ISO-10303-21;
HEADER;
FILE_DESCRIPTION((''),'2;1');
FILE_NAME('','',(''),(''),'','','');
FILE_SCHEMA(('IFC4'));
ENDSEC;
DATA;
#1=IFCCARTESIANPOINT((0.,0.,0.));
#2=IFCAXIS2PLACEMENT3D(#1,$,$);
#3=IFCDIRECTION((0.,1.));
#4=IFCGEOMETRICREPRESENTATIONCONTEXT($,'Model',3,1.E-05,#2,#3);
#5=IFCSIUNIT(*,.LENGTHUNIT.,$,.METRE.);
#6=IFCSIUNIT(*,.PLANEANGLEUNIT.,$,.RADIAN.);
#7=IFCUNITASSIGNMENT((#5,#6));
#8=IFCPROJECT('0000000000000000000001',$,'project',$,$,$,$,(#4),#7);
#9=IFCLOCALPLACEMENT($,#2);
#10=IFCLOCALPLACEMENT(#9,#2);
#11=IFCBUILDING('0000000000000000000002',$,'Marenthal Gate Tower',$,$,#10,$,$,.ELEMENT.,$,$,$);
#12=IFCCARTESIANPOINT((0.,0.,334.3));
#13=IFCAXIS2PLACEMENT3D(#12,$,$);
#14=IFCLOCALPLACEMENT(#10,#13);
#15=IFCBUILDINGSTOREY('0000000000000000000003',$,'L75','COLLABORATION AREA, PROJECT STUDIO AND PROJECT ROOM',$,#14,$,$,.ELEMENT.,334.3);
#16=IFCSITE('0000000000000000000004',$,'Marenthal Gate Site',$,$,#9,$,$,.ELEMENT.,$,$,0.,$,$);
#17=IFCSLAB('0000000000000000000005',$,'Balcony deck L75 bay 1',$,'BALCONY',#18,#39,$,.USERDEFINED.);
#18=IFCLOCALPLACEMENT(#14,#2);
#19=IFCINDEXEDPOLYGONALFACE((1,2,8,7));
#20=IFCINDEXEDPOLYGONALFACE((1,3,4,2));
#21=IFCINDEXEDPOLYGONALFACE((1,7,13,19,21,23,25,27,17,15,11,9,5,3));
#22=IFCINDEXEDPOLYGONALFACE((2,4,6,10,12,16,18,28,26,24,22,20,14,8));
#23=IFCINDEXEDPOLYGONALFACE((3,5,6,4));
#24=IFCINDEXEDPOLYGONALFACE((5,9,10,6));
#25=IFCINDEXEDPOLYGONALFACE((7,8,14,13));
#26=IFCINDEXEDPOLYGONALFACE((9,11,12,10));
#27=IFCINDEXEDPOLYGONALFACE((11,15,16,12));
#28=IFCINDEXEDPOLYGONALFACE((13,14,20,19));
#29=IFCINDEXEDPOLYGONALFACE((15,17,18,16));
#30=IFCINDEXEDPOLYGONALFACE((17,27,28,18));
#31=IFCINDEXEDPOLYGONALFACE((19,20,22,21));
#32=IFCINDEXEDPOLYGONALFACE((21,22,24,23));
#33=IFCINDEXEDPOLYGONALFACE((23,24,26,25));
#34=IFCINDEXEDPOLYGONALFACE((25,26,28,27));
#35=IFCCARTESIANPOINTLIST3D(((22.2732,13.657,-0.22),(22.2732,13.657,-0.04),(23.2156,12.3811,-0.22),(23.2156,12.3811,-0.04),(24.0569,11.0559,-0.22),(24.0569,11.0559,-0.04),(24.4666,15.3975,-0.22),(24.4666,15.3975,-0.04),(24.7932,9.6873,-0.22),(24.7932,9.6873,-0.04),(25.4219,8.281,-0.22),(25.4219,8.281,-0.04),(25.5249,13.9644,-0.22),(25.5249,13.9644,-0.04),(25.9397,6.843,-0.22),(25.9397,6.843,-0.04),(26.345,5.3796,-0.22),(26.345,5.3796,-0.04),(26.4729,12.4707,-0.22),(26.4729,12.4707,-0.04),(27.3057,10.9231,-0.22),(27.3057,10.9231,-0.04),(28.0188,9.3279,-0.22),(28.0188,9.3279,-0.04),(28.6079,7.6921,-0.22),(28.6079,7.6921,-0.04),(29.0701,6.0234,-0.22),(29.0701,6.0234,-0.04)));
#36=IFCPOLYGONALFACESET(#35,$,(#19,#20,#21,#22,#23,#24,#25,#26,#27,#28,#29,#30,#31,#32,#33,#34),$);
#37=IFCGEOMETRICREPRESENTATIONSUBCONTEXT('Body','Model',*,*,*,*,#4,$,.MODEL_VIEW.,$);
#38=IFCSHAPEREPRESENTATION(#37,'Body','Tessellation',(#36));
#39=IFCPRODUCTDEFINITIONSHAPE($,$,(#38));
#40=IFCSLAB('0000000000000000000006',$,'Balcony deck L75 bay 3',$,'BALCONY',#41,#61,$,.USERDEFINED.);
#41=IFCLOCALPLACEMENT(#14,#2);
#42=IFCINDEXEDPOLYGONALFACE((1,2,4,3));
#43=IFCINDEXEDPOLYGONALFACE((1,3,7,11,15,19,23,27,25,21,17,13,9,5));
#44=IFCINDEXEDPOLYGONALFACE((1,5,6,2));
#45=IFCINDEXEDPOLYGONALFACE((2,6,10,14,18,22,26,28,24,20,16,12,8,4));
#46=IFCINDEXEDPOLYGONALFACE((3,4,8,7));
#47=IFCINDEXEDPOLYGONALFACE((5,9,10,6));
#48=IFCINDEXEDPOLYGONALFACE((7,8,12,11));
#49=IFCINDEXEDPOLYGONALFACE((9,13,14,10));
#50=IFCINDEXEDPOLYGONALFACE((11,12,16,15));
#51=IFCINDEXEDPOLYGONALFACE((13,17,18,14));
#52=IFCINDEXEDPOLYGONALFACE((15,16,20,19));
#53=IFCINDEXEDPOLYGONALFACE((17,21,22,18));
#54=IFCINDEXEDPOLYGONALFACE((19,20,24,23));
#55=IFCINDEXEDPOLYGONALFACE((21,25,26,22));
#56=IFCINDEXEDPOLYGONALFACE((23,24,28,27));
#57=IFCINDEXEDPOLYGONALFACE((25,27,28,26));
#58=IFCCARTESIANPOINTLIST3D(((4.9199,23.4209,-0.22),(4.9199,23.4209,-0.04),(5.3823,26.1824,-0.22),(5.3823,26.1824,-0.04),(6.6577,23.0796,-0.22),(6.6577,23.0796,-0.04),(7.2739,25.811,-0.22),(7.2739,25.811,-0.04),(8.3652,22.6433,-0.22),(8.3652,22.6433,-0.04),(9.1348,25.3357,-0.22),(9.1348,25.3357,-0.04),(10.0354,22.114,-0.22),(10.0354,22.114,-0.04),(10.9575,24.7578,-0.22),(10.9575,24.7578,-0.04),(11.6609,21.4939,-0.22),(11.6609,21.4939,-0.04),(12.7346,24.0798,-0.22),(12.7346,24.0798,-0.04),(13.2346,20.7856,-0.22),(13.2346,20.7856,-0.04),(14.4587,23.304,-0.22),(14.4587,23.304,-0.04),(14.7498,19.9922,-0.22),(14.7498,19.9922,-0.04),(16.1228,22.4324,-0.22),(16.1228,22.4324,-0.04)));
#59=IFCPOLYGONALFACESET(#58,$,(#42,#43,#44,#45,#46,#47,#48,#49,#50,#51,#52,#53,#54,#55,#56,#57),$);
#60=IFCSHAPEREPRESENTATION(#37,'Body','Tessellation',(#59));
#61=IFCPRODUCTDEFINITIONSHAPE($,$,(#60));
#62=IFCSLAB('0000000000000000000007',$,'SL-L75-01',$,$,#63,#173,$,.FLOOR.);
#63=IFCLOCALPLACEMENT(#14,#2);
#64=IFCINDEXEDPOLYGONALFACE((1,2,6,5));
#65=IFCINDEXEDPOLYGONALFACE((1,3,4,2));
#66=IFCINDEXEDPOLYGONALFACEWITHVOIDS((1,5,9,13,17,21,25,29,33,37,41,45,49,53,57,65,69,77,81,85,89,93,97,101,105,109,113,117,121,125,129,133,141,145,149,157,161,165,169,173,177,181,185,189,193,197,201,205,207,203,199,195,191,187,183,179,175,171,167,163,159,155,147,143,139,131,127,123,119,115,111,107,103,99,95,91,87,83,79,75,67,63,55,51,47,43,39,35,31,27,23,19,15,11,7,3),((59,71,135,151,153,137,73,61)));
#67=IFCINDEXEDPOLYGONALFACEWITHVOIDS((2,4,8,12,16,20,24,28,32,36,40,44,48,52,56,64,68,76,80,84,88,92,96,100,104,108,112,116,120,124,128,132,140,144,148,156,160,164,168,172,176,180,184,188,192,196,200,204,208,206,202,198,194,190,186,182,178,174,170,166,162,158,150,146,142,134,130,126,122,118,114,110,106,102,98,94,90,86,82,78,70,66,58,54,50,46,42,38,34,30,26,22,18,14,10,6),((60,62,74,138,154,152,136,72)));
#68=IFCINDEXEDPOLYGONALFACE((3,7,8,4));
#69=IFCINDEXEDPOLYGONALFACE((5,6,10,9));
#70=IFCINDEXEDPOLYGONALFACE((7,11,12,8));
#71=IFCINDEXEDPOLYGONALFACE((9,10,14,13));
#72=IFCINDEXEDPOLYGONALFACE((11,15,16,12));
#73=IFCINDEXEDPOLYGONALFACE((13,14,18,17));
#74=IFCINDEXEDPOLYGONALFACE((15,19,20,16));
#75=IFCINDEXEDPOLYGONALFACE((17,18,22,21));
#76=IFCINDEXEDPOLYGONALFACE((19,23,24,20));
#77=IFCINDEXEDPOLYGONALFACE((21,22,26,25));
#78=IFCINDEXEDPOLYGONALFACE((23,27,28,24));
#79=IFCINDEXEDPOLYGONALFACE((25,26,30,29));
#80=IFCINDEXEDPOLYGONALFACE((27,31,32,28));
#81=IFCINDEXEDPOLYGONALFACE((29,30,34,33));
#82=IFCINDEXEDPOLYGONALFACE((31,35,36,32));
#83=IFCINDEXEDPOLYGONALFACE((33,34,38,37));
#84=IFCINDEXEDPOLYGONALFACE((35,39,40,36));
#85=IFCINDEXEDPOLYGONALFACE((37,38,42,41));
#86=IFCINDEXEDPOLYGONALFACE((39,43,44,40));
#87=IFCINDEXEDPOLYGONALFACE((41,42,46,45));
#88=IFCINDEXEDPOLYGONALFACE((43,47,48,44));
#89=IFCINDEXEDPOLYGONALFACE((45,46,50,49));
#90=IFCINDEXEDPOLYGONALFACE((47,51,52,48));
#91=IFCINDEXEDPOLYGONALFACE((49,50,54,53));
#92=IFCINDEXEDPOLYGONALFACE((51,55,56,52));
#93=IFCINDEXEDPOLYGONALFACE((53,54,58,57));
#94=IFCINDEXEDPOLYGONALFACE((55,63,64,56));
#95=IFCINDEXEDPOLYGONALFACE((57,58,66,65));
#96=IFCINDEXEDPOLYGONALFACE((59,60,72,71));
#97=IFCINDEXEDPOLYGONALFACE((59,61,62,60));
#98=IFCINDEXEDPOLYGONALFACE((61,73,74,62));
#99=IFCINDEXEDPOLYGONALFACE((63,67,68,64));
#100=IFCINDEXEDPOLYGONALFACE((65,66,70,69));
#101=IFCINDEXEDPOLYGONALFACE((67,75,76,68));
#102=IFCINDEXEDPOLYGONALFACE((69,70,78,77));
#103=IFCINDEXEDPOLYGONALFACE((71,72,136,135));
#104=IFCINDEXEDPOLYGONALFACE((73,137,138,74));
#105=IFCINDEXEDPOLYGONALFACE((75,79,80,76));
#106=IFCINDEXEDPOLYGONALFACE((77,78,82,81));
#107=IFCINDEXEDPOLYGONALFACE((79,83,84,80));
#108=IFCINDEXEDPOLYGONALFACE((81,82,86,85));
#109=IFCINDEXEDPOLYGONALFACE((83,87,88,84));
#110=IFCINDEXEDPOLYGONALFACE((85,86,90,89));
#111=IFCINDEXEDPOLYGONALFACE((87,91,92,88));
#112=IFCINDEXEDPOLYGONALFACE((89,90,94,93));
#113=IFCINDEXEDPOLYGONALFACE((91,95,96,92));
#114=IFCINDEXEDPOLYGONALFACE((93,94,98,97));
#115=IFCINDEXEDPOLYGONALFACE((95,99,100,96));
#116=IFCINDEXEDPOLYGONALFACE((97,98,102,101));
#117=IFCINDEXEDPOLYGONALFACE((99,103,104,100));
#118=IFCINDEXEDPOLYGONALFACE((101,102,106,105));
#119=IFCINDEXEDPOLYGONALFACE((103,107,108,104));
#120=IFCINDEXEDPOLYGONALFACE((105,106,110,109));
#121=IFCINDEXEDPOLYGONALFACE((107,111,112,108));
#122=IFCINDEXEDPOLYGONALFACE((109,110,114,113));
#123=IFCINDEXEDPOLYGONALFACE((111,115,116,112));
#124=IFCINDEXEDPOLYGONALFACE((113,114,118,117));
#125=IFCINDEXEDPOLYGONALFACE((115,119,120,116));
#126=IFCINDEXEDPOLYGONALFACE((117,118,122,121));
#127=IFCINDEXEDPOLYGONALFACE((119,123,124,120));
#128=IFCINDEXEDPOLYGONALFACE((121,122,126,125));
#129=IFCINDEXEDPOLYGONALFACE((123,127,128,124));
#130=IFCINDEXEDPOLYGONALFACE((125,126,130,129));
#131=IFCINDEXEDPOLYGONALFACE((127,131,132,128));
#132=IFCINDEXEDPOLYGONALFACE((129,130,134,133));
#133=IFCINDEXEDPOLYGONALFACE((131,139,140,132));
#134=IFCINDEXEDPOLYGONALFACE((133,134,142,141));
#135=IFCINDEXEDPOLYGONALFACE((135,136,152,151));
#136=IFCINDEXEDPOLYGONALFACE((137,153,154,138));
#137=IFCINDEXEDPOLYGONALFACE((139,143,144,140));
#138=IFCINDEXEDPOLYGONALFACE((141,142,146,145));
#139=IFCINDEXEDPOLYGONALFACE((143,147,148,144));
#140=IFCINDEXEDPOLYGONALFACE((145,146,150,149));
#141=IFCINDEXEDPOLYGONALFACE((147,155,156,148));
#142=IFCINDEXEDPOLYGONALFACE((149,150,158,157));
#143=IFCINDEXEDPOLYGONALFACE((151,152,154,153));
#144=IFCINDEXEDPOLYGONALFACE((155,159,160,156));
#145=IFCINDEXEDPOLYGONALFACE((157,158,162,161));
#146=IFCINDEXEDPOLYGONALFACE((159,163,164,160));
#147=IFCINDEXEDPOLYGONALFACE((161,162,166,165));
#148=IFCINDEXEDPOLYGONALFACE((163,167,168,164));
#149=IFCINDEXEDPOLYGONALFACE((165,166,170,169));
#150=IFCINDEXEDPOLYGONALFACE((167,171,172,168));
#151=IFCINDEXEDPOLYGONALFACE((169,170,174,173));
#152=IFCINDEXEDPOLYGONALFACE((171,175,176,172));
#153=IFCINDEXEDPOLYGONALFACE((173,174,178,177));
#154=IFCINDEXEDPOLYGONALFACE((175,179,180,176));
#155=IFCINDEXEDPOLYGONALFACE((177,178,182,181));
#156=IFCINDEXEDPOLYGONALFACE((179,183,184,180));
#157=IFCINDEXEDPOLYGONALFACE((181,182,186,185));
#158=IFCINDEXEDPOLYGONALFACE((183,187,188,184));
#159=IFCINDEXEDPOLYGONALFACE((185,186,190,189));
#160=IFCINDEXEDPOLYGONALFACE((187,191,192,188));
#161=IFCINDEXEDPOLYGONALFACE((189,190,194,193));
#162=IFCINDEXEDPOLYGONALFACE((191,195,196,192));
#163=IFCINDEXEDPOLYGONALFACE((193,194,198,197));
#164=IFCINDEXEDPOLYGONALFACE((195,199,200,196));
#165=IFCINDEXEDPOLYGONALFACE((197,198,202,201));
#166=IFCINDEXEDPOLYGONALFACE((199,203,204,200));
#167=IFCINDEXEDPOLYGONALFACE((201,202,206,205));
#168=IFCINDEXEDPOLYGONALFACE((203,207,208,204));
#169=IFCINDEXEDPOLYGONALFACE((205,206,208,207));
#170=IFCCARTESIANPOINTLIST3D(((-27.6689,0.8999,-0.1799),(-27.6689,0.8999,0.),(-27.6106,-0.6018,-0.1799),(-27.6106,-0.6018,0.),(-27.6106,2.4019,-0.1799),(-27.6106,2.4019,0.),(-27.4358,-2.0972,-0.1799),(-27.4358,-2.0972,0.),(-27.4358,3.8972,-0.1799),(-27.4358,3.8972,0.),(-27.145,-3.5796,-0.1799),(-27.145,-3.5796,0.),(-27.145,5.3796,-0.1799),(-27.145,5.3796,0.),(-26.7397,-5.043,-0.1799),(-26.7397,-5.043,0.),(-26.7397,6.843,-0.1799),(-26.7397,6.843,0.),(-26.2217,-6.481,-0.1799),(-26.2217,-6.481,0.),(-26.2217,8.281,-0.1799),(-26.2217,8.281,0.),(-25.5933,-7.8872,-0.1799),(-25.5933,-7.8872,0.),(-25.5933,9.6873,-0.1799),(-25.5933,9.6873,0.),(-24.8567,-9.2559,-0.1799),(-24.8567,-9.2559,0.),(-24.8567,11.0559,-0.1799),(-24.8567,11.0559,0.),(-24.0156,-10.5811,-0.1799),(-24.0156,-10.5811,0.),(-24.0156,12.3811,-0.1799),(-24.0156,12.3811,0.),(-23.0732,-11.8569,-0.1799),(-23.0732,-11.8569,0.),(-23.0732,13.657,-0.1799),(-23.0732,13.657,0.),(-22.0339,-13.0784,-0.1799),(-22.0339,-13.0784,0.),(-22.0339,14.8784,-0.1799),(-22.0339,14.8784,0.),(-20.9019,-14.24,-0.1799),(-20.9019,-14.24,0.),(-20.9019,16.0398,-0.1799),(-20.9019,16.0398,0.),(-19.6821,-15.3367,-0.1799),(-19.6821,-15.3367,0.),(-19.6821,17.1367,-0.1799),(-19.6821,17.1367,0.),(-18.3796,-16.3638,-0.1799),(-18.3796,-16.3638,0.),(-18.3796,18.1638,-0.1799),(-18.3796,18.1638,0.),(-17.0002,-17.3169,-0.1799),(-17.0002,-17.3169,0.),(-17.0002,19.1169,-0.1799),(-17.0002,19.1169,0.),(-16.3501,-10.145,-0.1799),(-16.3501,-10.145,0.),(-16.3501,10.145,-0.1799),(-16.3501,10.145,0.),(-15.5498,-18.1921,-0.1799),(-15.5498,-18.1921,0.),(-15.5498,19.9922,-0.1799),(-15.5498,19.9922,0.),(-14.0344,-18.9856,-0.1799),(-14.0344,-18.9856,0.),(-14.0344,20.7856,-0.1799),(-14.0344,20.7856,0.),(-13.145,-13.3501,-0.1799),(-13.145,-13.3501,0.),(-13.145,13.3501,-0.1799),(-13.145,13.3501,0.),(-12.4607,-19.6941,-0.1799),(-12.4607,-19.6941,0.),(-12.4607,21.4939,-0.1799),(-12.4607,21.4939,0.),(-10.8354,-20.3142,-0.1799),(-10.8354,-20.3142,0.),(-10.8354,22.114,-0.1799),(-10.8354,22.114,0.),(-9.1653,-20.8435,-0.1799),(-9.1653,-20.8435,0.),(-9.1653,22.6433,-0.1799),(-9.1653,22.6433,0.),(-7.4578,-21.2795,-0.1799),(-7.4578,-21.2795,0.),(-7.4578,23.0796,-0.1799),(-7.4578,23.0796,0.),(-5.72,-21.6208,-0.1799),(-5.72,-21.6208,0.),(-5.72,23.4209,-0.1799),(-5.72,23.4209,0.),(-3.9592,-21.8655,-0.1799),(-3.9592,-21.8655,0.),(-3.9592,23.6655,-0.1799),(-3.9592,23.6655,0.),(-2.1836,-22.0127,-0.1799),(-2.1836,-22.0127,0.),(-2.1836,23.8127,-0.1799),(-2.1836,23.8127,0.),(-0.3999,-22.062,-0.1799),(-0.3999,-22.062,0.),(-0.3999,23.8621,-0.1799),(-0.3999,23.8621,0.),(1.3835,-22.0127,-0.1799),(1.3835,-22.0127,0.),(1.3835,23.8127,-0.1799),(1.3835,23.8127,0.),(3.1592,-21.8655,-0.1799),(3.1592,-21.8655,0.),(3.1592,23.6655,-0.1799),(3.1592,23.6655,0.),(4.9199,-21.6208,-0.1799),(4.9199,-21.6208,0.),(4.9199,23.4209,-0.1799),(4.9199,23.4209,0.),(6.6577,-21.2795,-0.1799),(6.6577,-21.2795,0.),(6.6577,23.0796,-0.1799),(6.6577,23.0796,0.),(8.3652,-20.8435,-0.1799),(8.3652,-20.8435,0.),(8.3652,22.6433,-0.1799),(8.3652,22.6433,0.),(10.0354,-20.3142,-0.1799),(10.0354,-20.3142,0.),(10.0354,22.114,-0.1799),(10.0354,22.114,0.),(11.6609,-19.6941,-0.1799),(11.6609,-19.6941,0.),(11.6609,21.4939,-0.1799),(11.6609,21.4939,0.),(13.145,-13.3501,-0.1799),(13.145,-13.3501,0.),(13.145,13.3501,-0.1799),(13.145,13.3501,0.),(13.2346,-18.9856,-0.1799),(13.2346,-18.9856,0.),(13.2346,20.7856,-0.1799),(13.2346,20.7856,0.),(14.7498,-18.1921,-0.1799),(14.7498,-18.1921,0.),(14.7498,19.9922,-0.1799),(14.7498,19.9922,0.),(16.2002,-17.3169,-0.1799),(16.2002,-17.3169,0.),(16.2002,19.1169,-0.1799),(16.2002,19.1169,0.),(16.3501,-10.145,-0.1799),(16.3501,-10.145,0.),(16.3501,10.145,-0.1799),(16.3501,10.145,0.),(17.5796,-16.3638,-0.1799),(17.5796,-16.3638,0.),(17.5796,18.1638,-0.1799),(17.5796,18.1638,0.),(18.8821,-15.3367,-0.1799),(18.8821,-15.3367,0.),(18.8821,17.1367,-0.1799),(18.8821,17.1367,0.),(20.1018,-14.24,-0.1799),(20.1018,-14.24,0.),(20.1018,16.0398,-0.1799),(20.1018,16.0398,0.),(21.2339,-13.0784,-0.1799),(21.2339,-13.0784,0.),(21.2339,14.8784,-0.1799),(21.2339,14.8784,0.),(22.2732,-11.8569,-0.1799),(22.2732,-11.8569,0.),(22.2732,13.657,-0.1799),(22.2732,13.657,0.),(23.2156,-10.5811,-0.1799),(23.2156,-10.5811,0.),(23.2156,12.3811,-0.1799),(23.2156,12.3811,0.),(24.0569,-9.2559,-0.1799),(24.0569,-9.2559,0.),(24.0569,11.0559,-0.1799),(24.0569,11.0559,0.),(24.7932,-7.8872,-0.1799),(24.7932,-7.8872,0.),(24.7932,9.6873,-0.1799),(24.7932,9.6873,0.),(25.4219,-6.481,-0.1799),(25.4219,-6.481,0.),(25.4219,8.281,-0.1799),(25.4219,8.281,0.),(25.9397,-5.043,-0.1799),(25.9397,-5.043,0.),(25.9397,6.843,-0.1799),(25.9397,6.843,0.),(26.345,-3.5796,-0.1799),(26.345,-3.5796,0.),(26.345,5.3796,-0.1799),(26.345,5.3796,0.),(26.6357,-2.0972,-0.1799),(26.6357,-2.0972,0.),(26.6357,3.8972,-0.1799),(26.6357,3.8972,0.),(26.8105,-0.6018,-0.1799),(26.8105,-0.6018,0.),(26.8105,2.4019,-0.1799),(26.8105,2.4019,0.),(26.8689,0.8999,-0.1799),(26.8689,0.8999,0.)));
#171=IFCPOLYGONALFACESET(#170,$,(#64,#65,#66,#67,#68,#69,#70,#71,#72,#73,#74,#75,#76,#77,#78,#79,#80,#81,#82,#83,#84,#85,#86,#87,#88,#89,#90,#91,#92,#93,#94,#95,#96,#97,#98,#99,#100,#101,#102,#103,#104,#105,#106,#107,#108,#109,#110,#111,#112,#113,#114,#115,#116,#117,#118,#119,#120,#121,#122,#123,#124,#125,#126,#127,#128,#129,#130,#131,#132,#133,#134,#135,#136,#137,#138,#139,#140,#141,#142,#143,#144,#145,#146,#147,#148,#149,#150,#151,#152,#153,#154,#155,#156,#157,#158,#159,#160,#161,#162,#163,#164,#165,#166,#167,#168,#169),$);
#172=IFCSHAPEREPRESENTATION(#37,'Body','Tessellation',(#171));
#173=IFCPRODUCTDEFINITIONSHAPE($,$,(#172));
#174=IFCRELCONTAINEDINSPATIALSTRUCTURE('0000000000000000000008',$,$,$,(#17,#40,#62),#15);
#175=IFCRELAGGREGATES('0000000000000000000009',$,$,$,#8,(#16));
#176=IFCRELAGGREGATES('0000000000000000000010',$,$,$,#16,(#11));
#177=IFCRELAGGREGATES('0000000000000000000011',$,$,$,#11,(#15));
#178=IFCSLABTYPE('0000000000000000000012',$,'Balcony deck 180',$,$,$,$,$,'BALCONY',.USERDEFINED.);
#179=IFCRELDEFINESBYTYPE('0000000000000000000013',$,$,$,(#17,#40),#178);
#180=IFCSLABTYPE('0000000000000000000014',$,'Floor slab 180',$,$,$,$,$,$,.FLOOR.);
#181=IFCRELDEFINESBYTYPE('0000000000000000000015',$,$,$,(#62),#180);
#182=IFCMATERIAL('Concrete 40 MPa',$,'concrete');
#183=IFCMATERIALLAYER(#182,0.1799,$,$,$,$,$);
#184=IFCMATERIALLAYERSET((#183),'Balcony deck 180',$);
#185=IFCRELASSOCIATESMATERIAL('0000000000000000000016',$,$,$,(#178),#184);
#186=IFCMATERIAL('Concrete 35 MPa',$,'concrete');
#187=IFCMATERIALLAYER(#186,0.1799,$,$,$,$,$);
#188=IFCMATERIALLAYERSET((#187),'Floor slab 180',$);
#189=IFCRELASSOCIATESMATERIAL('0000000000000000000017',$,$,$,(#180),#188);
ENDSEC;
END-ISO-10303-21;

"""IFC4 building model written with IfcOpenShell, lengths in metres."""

from ifc_helpers import new_model, si_unit, direction, frame, origin, place, context, subcontext, project, spatial, polyline, outline, extrude, material, layer, layer_set, type_object, element, save


model = new_model("IFC4")

# Units and contexts
model_context = context("Model", 3, precision=1e-05, world=origin(), true_north=direction((0.0, 1.0)))
body_context = subcontext(model_context, "Body", "Model", "MODEL_VIEW")
ifc_project = project(units=[si_unit("LENGTHUNIT", "METRE"), si_unit("PLANEANGLEUNIT", "RADIAN")], contexts=[model_context])

# Site, building, storey
site_placement = place(None, origin())
site = spatial("IfcSite", under=ifc_project, at=site_placement, Name="Marenthal Gate Site", CompositionType="ELEMENT", RefElevation=0.0)
building_placement = place(site_placement, origin())
building = spatial("IfcBuilding", under=site, at=building_placement, Name="Marenthal Gate Tower", CompositionType="ELEMENT")
storey_placement = place(building_placement, frame((0.0, 0.0, 334.3)))
storey = spatial("IfcBuildingStorey", under=building, at=storey_placement, Name="L75", Description="COLLABORATION AREA, PROJECT STUDIO AND PROJECT ROOM", CompositionType="ELEMENT", Elevation=334.3)

# Slabs
ifc_material_1 = material(Name="Concrete 40 MPa", Category="concrete")
ifc_layer_1 = layer(ifc_material_1, 0.1799)
ifc_layer_set_1 = layer_set([ifc_layer_1], Name="Balcony deck 180")
slab_type_1 = type_object("IfcSlabType", Name="Balcony deck 180", ElementType="BALCONY", PredefinedType="USERDEFINED", material=ifc_layer_set_1)
slab_1_placement = place(storey_placement, frame((0.0, 0.0, -0.22)))
element("IfcSlab", 1, at=slab_1_placement, inside=storey, type_object=slab_type_1, Name="Balcony deck L75 bay 1", ObjectType="BALCONY", PredefinedType="USERDEFINED", context=body_context, shape_type="SweptSolid", body=[
    extrude(outline(polyline([(26.345, 5.3796), (25.9397, 6.843), (25.4219, 8.281), (24.7932, 9.6873), (24.0569, 11.0559), (23.2156, 12.3811), (22.2732, 13.657), (24.4666, 15.3975), (25.5249, 13.9644), (26.4729, 12.4707), (27.3057, 10.9231), (28.0188, 9.3279), (28.6079, 7.6921), (29.0701, 6.0234), (26.345, 5.3796)])), origin(), (0.0, 0.0, 1.0), 0.1799),
])
slab_2_placement = place(storey_placement, frame((0.0, 0.0, -0.22)))
element("IfcSlab", 2, at=slab_2_placement, inside=storey, type_object=slab_type_1, Name="Balcony deck L75 bay 3", ObjectType="BALCONY", PredefinedType="USERDEFINED", context=body_context, shape_type="SweptSolid", body=[
    extrude(outline(polyline([(14.7498, 19.9922), (13.2346, 20.7856), (11.6609, 21.4939), (10.0354, 22.114), (8.3652, 22.6433), (6.6577, 23.0796), (4.9199, 23.4209), (5.3823, 26.1824), (7.2739, 25.811), (9.1348, 25.3357), (10.9575, 24.7578), (12.7346, 24.0798), (14.4587, 23.304), (16.1228, 22.4324), (14.7498, 19.9922)])), origin(), (0.0, 0.0, 1.0), 0.1799),
])
ifc_material_2 = material(Name="Concrete 35 MPa", Category="concrete")
ifc_layer_2 = layer(ifc_material_2, 0.1799)
ifc_layer_set_2 = layer_set([ifc_layer_2], Name="Floor slab 180")
slab_type_2 = type_object("IfcSlabType", Name="Floor slab 180", PredefinedType="FLOOR", material=ifc_layer_set_2)
slab_3_placement = place(storey_placement, frame((0.0, 0.0, -0.1799)))
element("IfcSlab", 3, at=slab_3_placement, inside=storey, type_object=slab_type_2, Name="SL-L75-01", PredefinedType="FLOOR", context=body_context, shape_type="SweptSolid", body=[
    extrude(outline(polyline([(26.8689, 0.8999), (26.8105, 2.4019), (26.6357, 3.8972), (26.345, 5.3796), (25.9397, 6.843), (25.4219, 8.281), (24.7932, 9.6873), (24.0569, 11.0559), (23.2156, 12.3811), (22.2732, 13.657), (21.2339, 14.8784), (20.1018, 16.0398), (18.8821, 17.1367), (17.5796, 18.1638), (16.2002, 19.1169), (14.7498, 19.9922), (13.2346, 20.7856), (11.6609, 21.4939), (10.0354, 22.114), (8.3652, 22.6433), (6.6577, 23.0796), (4.9199, 23.4209), (3.1592, 23.6655), (1.3835, 23.8127), (-0.3999, 23.8621), (-2.1836, 23.8127), (-3.9592, 23.6655), (-5.72, 23.4209), (-7.4578, 23.0796), (-9.1653, 22.6433), (-10.8354, 22.114), (-12.4607, 21.4939), (-14.0344, 20.7856), (-15.5498, 19.9922), (-17.0002, 19.1169), (-18.3796, 18.1638), (-19.6821, 17.1367), (-20.9019, 16.0398), (-22.0339, 14.8784), (-23.0732, 13.657), (-24.0156, 12.3811), (-24.8567, 11.0559), (-25.5933, 9.6873), (-26.2217, 8.281), (-26.7397, 6.843), (-27.145, 5.3796), (-27.4358, 3.8972), (-27.6106, 2.4019), (-27.6689, 0.8999), (-27.6106, -0.6018), (-27.4358, -2.0972), (-27.145, -3.5796), (-26.7397, -5.043), (-26.2217, -6.481), (-25.5933, -7.8872), (-24.8567, -9.2559), (-24.0156, -10.5811), (-23.0732, -11.8569), (-22.0339, -13.0784), (-20.9019, -14.24), (-19.6821, -15.3367), (-18.3796, -16.3638), (-17.0002, -17.3169), (-15.5498, -18.1921), (-14.0344, -18.9856), (-12.4607, -19.6941), (-10.8354, -20.3142), (-9.1653, -20.8435), (-7.4578, -21.2795), (-5.72, -21.6208), (-3.9592, -21.8655), (-2.1836, -22.0127), (-0.3999, -22.062), (1.3835, -22.0127), (3.1592, -21.8655), (4.9199, -21.6208), (6.6577, -21.2795), (8.3652, -20.8435), (10.0354, -20.3142), (11.6609, -19.6941), (13.2346, -18.9856), (14.7498, -18.1921), (16.2002, -17.3169), (17.5796, -16.3638), (18.8821, -15.3367), (20.1018, -14.24), (21.2339, -13.0784), (22.2732, -11.8569), (23.2156, -10.5811), (24.0569, -9.2559), (24.7932, -7.8872), (25.4219, -6.481), (25.9397, -5.043), (26.345, -3.5796), (26.6357, -2.0972), (26.8105, -0.6018), (26.8689, 0.8999)]), holes=[polyline([(13.145, -13.3501), (16.3501, -10.145), (16.3501, 10.145), (13.145, 13.3501), (-13.145, 13.3501), (-16.3501, 10.145), (-16.3501, -10.145), (-13.145, -13.3501), (13.145, -13.3501)])]), origin(), (0.0, 0.0, 1.0), 0.1799),
])

save(model, "model.ifc")
